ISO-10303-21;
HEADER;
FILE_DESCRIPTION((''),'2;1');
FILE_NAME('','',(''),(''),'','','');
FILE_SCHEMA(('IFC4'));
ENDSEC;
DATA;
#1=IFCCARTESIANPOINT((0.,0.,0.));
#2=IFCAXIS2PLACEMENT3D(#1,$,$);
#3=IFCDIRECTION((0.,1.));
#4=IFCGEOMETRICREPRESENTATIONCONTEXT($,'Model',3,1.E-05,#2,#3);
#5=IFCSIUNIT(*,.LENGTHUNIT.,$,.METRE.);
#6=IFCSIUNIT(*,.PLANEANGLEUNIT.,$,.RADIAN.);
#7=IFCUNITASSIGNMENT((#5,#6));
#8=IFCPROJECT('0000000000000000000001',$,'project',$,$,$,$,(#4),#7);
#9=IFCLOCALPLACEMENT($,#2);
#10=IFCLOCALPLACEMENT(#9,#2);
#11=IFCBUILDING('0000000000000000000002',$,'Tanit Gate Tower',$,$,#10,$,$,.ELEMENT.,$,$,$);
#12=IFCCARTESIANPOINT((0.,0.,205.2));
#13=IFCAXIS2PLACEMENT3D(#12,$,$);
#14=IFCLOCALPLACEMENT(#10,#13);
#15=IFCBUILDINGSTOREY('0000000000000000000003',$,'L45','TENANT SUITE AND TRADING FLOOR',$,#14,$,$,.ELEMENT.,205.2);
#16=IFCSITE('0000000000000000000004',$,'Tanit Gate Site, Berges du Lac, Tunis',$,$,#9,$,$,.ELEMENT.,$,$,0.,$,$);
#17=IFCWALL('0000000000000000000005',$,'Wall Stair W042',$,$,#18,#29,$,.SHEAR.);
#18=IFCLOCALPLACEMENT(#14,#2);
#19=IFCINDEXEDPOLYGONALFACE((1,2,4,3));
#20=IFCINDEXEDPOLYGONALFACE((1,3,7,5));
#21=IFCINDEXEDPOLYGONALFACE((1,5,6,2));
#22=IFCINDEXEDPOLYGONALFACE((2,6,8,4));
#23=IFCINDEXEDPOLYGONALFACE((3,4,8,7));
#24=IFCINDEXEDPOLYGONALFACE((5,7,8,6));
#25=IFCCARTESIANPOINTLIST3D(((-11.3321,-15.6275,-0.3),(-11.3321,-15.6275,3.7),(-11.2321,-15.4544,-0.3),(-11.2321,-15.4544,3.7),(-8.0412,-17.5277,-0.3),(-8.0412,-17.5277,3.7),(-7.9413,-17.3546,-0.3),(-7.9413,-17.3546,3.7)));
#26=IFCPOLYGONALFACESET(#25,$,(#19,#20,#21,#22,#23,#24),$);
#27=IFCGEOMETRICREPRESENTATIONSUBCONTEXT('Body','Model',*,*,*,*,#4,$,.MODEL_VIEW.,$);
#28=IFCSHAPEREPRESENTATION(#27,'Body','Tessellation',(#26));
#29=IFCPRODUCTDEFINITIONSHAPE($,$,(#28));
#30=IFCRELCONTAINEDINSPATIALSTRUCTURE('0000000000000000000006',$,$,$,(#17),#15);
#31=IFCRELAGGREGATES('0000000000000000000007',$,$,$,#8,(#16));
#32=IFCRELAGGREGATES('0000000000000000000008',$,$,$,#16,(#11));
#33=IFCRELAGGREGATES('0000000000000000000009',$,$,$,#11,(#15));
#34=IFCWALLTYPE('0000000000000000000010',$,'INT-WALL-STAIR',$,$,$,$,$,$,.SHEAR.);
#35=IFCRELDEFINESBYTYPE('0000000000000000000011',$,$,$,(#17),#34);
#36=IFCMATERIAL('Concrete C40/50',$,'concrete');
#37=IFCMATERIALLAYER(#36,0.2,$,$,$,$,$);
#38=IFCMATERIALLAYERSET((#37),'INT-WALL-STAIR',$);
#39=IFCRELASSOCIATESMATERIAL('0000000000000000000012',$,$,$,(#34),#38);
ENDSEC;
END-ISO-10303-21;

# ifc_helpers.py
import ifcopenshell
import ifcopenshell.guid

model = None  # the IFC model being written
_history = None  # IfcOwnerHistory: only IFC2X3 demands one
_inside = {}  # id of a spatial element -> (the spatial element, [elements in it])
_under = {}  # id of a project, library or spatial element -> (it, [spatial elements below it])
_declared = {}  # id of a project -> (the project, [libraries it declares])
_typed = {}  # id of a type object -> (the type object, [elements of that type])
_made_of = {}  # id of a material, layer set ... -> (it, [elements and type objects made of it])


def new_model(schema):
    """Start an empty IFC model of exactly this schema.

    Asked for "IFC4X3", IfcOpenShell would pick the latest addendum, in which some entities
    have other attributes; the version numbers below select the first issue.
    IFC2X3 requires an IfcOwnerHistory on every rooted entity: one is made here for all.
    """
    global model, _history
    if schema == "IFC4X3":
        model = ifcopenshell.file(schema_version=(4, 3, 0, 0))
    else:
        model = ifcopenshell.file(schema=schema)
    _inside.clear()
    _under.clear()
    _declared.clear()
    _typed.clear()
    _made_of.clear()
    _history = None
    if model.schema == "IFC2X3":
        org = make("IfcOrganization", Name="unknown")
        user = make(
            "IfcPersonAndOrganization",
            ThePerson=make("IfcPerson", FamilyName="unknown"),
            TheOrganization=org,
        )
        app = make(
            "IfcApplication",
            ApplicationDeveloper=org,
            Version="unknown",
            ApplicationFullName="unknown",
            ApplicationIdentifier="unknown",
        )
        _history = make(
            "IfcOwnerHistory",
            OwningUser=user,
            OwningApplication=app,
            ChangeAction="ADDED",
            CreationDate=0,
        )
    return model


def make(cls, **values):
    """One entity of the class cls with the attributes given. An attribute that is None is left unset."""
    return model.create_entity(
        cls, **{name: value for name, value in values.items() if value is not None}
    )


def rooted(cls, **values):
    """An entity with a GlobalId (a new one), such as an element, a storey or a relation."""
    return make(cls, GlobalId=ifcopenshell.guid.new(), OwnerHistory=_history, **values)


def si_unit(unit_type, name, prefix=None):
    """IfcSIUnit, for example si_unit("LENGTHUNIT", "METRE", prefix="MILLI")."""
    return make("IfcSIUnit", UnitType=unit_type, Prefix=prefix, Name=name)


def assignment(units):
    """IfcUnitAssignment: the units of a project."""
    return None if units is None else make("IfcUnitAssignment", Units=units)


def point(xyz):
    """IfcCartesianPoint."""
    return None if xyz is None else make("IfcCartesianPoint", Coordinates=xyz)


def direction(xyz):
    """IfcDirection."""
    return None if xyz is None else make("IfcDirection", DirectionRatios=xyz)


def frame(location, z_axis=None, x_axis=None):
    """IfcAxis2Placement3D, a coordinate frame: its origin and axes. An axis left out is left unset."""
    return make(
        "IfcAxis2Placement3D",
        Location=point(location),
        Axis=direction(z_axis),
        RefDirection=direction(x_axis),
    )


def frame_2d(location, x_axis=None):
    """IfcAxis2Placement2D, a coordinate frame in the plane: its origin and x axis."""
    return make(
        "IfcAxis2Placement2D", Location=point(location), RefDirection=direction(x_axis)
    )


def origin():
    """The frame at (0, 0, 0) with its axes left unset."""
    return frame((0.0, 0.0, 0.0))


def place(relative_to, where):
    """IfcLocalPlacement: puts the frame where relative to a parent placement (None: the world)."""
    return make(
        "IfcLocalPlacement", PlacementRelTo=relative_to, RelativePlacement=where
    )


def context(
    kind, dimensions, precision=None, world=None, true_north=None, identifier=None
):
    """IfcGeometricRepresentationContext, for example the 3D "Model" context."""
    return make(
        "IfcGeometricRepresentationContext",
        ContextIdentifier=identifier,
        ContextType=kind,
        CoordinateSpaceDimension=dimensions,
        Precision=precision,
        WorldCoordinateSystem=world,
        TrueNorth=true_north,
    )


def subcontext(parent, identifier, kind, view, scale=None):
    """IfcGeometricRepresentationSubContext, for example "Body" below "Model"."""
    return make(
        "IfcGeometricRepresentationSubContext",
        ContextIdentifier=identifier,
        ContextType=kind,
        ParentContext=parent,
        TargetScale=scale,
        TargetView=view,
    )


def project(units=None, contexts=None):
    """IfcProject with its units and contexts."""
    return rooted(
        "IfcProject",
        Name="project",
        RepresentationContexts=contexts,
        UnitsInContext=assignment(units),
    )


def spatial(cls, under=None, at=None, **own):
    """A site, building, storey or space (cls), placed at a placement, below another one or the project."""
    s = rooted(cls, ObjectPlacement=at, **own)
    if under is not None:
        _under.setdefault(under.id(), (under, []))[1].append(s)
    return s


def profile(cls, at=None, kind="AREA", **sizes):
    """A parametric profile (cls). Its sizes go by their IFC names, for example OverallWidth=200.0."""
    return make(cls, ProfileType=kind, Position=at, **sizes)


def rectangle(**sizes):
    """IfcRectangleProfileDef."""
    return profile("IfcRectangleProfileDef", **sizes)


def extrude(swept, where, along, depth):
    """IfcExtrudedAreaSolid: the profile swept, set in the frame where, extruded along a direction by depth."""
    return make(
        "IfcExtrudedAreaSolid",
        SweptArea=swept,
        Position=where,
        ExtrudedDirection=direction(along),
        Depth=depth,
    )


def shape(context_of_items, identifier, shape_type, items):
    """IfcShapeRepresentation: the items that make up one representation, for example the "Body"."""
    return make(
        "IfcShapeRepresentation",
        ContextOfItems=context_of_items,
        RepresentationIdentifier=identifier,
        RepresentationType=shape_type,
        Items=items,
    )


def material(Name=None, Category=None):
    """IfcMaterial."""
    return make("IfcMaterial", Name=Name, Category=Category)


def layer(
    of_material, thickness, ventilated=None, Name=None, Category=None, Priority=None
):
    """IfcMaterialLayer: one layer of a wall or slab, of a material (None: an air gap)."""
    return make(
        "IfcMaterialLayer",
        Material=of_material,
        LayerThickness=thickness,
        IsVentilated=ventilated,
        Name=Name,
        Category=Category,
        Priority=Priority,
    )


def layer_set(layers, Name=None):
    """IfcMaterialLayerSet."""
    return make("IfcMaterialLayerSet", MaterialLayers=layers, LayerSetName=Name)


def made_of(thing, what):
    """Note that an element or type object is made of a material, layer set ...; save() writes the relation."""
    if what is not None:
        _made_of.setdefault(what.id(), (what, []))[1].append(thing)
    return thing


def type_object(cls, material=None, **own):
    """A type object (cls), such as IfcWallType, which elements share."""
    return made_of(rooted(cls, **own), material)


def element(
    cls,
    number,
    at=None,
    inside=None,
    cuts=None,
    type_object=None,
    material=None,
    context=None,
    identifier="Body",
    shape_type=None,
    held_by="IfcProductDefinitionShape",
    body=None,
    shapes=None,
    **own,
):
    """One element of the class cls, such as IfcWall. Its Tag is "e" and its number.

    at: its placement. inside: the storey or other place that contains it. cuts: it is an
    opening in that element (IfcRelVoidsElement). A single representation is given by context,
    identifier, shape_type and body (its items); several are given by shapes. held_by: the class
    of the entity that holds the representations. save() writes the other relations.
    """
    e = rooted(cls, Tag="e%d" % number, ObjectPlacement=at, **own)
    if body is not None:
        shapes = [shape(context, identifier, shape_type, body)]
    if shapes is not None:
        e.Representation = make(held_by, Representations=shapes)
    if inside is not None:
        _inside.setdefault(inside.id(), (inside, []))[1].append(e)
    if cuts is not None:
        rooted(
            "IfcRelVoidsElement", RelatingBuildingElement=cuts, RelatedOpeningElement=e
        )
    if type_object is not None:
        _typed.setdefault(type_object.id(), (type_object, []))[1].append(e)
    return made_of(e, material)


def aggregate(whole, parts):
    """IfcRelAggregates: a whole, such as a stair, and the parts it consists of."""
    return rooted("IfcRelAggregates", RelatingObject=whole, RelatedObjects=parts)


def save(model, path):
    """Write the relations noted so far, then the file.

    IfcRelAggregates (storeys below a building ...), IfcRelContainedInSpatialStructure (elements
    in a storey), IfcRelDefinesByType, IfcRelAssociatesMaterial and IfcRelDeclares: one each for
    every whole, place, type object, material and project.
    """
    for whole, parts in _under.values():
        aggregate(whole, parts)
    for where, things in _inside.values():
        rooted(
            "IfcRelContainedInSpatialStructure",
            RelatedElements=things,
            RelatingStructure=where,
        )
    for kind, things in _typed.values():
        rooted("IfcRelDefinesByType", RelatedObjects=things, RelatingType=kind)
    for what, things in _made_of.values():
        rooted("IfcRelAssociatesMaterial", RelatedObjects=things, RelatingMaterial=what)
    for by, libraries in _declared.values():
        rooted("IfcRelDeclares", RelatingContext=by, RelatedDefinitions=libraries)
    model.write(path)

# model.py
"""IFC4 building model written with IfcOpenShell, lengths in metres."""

from ifc_helpers import new_model, si_unit, direction, frame, frame_2d, origin, place, context, subcontext, project, spatial, rectangle, extrude, material, layer, layer_set, type_object, element, save


model = new_model("IFC4")

# Units and contexts
model_context = context("Model", 3, precision=1e-05, world=origin(), true_north=direction((0.0, 1.0)))
body_context = subcontext(model_context, "Body", "Model", "MODEL_VIEW")
ifc_project = project(units=[si_unit("LENGTHUNIT", "METRE"), si_unit("PLANEANGLEUNIT", "RADIAN")], contexts=[model_context])

# Site, building, storey
site_placement = place(None, origin())
site = spatial("IfcSite", under=ifc_project, at=site_placement, Name="Tanit Gate Site, Berges du Lac, Tunis", CompositionType="ELEMENT", RefElevation=0.0)
building_placement = place(site_placement, origin())
building = spatial("IfcBuilding", under=site, at=building_placement, Name="Tanit Gate Tower", CompositionType="ELEMENT")
storey_placement = place(building_placement, frame((0.0, 0.0, 205.2)))
storey = spatial("IfcBuildingStorey", under=building, at=storey_placement, Name="L45", Description="TENANT SUITE AND TRADING FLOOR", CompositionType="ELEMENT", Elevation=205.2)

# Wall
ifc_material_1 = material(Name="Concrete C40/50", Category="concrete")
ifc_layer_1 = layer(ifc_material_1, 0.2)
ifc_layer_set_1 = layer_set([ifc_layer_1], Name="INT-WALL-STAIR")
wall_type_1 = type_object("IfcWallType", Name="INT-WALL-STAIR", PredefinedType="SHEAR", material=ifc_layer_set_1)
wall_1_placement = place(storey_placement, frame((-11.282, -15.541, -0.3), z_axis=(0.0, 0.0, 1.0), x_axis=(0.866, -0.500043, 0.0)))
element("IfcWall", 1, at=wall_1_placement, inside=storey, type_object=wall_type_1, Name="Wall Stair W042", PredefinedType="SHEAR", context=body_context, shape_type="SweptSolid", body=[
    extrude(rectangle(XDim=3.8, YDim=0.2, at=frame_2d((1.8999, 0.0))), origin(), (0.0, 0.0, 1.0), 4.0),
])

save(model, "model.ifc")
